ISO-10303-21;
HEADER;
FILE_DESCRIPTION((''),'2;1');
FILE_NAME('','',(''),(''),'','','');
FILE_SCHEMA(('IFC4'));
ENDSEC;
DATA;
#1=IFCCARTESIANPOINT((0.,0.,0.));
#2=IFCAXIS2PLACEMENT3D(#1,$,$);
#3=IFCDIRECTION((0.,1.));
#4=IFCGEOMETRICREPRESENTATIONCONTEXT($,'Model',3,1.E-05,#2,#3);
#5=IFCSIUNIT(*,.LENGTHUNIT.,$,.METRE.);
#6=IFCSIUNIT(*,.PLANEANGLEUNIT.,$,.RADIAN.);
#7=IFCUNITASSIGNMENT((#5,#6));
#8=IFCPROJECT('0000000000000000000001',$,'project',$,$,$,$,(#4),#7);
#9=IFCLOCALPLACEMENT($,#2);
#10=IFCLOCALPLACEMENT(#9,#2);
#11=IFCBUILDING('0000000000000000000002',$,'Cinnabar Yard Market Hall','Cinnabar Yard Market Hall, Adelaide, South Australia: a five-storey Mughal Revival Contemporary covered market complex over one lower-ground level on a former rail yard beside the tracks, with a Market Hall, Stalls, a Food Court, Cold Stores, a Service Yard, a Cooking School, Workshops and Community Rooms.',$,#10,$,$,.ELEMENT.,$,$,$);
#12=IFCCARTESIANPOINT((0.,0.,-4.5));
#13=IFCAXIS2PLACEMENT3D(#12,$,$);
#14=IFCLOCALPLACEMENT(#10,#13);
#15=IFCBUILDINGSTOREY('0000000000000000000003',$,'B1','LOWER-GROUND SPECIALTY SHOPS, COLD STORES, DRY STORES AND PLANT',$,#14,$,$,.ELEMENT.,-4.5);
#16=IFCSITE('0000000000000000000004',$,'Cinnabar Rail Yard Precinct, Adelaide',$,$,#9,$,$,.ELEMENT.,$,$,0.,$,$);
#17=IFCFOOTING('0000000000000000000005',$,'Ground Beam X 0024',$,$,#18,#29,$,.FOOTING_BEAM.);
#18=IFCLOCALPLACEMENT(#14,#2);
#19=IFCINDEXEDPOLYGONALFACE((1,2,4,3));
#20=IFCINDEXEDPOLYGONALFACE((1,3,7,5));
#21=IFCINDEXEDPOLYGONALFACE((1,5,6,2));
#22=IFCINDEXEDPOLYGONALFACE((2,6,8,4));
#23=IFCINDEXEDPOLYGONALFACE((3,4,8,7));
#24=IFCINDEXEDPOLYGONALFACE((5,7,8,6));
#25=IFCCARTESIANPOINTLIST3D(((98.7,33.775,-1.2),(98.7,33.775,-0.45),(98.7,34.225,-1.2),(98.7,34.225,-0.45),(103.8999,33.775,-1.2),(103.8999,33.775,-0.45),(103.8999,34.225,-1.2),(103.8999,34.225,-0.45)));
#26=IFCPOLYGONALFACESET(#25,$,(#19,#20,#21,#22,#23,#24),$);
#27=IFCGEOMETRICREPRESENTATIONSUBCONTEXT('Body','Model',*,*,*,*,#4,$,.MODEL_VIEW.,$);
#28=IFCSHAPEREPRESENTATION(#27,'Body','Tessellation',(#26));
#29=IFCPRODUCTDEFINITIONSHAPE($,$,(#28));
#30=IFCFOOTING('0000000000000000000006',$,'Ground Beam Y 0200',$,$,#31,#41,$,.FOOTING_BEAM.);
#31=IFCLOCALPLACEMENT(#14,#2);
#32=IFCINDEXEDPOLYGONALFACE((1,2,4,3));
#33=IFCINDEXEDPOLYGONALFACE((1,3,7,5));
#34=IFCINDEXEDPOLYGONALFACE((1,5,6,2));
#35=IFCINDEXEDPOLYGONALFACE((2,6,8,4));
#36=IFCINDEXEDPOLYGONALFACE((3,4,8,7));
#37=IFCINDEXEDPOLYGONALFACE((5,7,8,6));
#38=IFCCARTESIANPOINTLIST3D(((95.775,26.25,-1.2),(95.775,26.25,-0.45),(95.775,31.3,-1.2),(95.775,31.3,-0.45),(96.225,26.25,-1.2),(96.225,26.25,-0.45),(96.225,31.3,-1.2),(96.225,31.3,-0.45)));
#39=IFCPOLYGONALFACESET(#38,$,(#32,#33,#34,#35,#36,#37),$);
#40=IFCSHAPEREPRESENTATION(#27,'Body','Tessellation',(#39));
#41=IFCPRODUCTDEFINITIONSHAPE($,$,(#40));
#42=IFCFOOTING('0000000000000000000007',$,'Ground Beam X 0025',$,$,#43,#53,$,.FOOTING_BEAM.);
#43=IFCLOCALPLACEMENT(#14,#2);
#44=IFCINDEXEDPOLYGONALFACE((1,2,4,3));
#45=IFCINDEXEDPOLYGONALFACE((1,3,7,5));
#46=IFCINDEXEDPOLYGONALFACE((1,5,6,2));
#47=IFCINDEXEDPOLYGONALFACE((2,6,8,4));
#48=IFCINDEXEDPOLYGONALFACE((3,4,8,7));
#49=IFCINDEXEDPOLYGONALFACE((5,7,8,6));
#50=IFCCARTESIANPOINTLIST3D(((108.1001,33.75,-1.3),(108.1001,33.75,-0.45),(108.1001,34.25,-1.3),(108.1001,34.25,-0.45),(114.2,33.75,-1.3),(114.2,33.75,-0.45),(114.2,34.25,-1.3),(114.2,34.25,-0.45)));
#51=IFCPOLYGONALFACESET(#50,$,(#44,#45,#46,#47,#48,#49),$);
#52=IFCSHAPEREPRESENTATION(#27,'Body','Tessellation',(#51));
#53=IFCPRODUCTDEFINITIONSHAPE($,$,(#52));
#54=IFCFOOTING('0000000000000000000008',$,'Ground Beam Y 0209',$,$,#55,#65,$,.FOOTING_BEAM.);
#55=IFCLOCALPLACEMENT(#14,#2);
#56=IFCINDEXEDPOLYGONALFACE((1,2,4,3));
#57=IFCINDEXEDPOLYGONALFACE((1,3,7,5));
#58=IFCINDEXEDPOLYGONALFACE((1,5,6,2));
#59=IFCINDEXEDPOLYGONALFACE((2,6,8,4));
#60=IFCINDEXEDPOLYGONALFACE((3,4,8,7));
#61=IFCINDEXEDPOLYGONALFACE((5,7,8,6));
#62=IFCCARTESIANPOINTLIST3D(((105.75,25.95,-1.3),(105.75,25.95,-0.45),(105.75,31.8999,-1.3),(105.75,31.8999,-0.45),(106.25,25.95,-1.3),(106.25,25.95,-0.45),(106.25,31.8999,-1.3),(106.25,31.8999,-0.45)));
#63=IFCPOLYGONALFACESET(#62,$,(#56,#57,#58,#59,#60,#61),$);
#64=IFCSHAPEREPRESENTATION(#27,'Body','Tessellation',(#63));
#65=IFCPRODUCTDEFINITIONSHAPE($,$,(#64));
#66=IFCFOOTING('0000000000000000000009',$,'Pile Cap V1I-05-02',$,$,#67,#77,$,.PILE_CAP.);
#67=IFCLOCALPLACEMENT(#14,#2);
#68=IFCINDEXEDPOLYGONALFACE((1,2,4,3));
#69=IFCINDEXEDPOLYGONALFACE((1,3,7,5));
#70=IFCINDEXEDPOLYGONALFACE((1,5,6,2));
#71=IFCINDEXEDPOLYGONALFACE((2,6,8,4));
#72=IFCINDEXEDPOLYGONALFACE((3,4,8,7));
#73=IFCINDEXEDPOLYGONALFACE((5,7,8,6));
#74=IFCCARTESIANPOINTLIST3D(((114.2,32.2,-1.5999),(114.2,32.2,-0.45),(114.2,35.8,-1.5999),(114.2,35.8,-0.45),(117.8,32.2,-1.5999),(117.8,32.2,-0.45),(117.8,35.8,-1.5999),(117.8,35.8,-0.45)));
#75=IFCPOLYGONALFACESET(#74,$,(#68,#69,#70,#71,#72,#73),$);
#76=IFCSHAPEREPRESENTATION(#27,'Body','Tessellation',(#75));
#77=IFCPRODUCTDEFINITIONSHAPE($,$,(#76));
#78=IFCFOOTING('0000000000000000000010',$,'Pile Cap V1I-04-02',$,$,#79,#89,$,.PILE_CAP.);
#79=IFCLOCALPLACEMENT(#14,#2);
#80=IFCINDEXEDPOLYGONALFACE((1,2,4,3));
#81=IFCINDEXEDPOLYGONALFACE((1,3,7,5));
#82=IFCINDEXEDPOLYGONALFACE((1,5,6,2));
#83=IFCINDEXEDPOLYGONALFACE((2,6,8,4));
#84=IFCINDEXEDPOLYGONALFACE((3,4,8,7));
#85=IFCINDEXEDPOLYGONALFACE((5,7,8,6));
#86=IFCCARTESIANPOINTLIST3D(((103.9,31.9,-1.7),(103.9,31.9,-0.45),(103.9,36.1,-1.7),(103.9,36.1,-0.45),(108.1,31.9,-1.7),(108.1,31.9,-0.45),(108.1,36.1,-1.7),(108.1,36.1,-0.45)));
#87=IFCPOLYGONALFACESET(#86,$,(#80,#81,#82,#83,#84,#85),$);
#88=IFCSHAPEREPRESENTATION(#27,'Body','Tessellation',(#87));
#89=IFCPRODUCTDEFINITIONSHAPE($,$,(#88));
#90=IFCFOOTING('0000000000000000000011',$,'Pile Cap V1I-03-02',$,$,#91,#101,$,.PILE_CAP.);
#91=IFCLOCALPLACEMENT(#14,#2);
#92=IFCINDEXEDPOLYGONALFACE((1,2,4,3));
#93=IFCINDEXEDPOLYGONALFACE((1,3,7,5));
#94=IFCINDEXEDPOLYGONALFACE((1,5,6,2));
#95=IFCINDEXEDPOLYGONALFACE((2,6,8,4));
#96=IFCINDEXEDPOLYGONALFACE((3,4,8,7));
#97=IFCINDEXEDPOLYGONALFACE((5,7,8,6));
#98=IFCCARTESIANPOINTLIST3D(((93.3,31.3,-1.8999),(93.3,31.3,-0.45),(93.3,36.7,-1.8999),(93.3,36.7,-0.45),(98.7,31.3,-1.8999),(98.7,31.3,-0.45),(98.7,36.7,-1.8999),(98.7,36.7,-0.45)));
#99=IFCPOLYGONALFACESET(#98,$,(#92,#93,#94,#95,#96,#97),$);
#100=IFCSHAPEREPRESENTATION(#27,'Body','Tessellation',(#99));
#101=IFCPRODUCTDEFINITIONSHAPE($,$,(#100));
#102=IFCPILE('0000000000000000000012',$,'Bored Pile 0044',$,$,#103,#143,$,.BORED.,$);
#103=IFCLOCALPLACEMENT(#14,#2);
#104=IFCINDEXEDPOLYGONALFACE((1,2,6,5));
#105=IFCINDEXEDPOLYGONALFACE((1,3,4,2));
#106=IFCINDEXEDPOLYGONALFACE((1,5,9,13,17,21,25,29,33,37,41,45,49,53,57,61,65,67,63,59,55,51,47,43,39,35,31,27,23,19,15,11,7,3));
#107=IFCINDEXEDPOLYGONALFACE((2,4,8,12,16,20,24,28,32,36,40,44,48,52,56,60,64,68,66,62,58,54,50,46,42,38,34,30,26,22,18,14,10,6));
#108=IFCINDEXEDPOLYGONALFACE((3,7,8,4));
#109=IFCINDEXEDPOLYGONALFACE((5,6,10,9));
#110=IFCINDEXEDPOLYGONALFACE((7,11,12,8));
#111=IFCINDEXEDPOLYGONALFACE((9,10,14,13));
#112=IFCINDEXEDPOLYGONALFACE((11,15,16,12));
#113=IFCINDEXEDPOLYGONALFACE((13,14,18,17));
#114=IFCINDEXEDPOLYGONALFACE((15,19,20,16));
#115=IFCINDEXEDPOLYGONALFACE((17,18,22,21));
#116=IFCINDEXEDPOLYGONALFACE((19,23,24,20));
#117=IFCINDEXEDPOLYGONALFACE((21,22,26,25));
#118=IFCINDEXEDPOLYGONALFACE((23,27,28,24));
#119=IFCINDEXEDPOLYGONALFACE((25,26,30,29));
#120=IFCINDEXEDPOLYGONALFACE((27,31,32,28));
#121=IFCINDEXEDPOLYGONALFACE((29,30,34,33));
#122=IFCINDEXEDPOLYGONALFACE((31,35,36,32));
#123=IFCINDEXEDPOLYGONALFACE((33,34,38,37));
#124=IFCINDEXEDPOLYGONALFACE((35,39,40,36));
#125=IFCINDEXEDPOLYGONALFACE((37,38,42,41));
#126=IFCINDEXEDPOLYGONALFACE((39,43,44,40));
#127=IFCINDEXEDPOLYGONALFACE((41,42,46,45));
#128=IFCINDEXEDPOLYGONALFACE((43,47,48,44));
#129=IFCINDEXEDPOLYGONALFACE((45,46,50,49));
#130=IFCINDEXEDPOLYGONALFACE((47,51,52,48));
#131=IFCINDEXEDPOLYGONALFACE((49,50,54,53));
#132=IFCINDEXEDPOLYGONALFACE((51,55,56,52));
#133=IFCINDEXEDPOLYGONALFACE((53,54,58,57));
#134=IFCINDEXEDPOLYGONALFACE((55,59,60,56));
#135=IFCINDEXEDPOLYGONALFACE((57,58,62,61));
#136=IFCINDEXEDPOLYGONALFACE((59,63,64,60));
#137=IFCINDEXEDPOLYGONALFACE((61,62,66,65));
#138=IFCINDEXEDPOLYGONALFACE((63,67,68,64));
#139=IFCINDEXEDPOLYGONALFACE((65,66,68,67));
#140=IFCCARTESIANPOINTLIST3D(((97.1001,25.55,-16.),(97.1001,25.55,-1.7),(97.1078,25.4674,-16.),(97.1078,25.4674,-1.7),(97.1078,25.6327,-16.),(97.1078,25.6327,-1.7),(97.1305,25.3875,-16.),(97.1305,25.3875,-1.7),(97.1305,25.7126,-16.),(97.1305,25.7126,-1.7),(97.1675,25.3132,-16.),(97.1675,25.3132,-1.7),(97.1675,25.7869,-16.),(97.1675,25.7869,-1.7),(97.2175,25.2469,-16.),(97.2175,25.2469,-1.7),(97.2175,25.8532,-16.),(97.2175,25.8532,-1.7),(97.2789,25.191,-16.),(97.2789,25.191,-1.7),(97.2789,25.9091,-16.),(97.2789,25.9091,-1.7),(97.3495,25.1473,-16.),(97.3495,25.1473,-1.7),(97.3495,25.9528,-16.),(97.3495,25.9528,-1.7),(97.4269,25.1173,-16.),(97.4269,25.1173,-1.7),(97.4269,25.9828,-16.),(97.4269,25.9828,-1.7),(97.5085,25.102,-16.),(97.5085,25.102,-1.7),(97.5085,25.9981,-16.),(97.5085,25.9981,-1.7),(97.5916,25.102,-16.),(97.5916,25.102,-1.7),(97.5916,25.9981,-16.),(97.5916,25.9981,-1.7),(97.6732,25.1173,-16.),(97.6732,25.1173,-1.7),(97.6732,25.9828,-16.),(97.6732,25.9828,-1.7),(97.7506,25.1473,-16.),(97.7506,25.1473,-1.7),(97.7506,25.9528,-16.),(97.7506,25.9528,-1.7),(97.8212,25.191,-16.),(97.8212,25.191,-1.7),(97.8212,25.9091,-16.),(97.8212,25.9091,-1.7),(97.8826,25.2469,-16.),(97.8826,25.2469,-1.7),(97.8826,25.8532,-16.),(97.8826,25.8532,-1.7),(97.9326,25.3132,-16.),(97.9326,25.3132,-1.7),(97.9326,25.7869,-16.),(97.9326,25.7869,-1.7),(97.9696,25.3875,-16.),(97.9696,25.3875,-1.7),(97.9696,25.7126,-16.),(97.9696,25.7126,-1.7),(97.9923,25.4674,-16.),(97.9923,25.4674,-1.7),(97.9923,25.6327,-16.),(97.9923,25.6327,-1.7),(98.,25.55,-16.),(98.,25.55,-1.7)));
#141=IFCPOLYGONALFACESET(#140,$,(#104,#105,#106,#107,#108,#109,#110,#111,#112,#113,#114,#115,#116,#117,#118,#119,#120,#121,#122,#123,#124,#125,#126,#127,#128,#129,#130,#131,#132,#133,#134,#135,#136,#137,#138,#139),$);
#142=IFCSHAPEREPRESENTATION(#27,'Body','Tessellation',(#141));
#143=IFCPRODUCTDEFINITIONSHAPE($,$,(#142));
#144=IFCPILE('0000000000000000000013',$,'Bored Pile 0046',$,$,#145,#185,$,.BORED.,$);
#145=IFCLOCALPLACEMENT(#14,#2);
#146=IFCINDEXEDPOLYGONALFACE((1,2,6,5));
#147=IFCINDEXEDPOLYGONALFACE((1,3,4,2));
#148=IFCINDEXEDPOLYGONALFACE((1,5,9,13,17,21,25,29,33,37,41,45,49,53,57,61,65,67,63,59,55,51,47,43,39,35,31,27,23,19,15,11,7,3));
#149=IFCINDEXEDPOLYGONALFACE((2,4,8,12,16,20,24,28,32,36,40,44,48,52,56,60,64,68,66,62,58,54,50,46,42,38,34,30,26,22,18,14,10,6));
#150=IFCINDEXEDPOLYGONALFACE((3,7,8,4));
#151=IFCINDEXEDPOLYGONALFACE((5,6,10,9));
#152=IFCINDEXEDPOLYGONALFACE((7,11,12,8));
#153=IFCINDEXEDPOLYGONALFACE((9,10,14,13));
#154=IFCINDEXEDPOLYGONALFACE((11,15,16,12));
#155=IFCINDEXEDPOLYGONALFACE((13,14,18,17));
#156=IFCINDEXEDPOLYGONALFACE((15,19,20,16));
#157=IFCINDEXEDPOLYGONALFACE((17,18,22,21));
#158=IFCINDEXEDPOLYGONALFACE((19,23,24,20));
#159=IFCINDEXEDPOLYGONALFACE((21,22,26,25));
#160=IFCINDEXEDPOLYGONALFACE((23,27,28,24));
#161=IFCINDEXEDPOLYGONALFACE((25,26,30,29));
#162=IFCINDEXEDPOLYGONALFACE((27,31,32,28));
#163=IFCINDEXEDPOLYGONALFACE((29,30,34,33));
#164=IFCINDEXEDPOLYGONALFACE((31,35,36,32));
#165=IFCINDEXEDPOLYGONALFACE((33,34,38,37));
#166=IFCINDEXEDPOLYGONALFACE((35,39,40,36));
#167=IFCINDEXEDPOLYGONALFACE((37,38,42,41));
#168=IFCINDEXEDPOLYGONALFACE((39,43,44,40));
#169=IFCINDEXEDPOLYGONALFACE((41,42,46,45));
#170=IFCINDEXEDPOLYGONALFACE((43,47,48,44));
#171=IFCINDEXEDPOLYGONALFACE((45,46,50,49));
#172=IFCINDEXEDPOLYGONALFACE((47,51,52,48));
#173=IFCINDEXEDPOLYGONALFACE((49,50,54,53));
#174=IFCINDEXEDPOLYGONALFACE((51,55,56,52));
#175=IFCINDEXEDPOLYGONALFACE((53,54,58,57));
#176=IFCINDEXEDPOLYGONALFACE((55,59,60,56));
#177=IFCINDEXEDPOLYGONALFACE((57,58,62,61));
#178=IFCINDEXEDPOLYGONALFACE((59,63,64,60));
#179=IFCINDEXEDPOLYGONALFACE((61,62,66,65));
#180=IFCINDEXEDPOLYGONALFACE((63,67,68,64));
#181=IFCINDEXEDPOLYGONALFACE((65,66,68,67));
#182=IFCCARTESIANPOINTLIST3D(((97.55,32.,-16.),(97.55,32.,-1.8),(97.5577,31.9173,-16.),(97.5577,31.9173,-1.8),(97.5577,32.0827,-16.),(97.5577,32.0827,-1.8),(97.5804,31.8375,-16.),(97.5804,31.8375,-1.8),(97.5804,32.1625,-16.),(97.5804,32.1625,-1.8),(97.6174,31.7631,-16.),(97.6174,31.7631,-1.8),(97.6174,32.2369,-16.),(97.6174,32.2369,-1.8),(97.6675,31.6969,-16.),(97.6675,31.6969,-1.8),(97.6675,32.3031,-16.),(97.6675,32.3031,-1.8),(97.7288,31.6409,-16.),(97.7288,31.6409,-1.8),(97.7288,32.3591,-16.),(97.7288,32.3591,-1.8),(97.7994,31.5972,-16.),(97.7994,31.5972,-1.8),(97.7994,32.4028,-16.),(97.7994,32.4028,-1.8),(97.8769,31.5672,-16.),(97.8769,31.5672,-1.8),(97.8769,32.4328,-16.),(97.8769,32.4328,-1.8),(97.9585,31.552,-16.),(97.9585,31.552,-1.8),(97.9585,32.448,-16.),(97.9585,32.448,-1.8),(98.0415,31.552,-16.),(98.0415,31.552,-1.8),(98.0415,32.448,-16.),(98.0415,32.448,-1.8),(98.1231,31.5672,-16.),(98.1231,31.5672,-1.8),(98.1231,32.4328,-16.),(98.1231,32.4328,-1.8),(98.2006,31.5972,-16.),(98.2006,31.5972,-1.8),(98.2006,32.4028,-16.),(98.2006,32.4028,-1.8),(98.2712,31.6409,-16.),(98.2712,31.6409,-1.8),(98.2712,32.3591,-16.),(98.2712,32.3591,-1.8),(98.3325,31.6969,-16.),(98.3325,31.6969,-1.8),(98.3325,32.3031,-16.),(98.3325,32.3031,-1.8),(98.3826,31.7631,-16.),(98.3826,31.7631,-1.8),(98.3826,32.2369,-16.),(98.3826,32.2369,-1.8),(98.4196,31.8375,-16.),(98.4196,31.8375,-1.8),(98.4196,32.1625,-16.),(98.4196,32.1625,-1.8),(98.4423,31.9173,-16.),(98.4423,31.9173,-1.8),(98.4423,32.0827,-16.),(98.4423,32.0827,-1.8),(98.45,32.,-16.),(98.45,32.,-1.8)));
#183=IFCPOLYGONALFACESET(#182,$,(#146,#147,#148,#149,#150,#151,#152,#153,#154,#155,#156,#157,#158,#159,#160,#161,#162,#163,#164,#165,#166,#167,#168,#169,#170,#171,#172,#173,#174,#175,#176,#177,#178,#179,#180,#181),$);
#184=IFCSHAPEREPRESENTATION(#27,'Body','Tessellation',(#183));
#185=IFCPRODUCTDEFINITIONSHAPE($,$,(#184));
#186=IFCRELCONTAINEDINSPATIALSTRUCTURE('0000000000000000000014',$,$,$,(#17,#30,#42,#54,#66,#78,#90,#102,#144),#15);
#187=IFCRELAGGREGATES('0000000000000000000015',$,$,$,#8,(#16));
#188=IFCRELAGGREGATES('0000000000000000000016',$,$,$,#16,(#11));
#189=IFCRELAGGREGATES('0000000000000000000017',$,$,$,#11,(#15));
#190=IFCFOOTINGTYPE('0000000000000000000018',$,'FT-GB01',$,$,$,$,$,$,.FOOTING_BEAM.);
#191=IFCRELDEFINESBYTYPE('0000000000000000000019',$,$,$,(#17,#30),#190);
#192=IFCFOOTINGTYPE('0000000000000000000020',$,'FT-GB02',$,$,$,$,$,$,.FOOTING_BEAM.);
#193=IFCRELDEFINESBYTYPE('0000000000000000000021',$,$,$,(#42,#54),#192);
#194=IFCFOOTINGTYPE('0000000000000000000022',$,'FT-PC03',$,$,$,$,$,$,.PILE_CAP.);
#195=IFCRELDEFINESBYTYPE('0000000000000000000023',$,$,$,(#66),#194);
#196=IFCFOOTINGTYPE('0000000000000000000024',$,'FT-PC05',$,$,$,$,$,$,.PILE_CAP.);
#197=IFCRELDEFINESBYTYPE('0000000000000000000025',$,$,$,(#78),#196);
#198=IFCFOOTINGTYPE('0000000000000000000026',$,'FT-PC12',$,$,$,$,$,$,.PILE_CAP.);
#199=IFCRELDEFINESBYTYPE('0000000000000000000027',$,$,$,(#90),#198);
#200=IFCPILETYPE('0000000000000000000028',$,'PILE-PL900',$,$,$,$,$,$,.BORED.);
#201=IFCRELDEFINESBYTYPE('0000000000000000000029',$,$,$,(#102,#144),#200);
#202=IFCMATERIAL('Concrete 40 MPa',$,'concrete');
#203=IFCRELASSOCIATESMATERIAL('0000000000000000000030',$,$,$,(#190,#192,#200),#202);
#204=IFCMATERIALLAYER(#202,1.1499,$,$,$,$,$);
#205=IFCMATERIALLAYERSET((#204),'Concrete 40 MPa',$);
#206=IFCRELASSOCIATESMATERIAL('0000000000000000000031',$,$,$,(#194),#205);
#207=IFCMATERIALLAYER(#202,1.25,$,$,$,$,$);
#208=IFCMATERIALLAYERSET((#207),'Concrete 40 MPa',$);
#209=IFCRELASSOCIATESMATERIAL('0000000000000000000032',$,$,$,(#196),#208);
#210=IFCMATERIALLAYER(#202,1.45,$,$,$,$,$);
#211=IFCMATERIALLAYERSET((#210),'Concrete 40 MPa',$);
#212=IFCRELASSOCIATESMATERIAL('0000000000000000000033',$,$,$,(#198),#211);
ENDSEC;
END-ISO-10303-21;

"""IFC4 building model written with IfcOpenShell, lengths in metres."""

from ifc_helpers import new_model, si_unit, direction, frame, origin, origin_2d_with_axis, place, context, subcontext, project, spatial, rectangle, circle, extrude, material, layer, layer_set, material_profile, profile_set, type_object, element, save


model = new_model("IFC4")

# Units and contexts
model_context = context("Model", 3, precision=1e-05, world=origin(), true_north=direction((0.0, 1.0)))
body_context = subcontext(model_context, "Body", "Model", "MODEL_VIEW")
ifc_project = project(units=[si_unit("LENGTHUNIT", "METRE"), si_unit("PLANEANGLEUNIT", "RADIAN")], contexts=[model_context])

# Site, building, storey
site_placement = place(None, origin())
site = spatial("IfcSite", under=ifc_project, at=site_placement, Name="Cinnabar Rail Yard Precinct, Adelaide", CompositionType="ELEMENT", RefElevation=0.0)
building_placement = place(site_placement, origin())
building = spatial("IfcBuilding", under=site, at=building_placement, Name="Cinnabar Yard Market Hall", Description="Cinnabar Yard Market Hall, Adelaide, South Australia: a five-storey Mughal Revival Contemporary covered market complex over one lower-ground level on a former rail yard beside the tracks, with a Market Hall, Stalls, a Food Court, Cold Stores, a Service Yard, a Cooking School, Workshops and Community Rooms.", CompositionType="ELEMENT")
storey_placement = place(building_placement, frame((0.0, 0.0, -4.5)))
storey = spatial("IfcBuildingStorey", under=building, at=storey_placement, Name="B1", Description="LOWER-GROUND SPECIALTY SHOPS, COLD STORES, DRY STORES AND PLANT", CompositionType="ELEMENT", Elevation=-4.5)

# Footings
ifc_material_1 = material(Name="Concrete 40 MPa", Category="concrete")
ifc_material_profile_1 = material_profile(ifc_material_1, rectangle(XDim=0.45, YDim=0.75, at=origin_2d_with_axis()), Name="GB-450x750")
ifc_profile_set_1 = profile_set([ifc_material_profile_1], Name="Concrete 40 MPa")
footing_type_1 = type_object("IfcFootingType", Name="FT-GB01", PredefinedType="FOOTING_BEAM", material=ifc_profile_set_1)
footing_1_placement = place(storey_placement, frame((98.7, 34.0, -0.825), z_axis=(1.0, 0.0, 0.0), x_axis=(0.0, 1.0, 0.0)))
element("IfcFooting", 1, at=footing_1_placement, inside=storey, type_object=footing_type_1, Name="Ground Beam X 0024", PredefinedType="FOOTING_BEAM", context=body_context, shape_type="SweptSolid", body=[
    extrude(rectangle(XDim=0.45, YDim=0.75, at=origin_2d_with_axis()), origin(), (0.0, 0.0, 1.0), 5.2),
])
footing_2_placement = place(storey_placement, frame((96.0, 26.25, -0.825), z_axis=(0.0, 1.0, 0.0), x_axis=(-1.0, 0.0, 0.0)))
element("IfcFooting", 2, at=footing_2_placement, inside=storey, type_object=footing_type_1, Name="Ground Beam Y 0200", PredefinedType="FOOTING_BEAM", context=body_context, shape_type="SweptSolid", body=[
    extrude(rectangle(XDim=0.45, YDim=0.75, at=origin_2d_with_axis()), origin(), (0.0, 0.0, 1.0), 5.05),
])
ifc_material_profile_2 = material_profile(ifc_material_1, rectangle(XDim=0.5, YDim=0.8501, at=origin_2d_with_axis()), Name="GB-500x850")
ifc_profile_set_2 = profile_set([ifc_material_profile_2], Name="Concrete 40 MPa")
footing_type_2 = type_object("IfcFootingType", Name="FT-GB02", PredefinedType="FOOTING_BEAM", material=ifc_profile_set_2)
footing_3_placement = place(storey_placement, frame((108.1001, 34.0, -0.875), z_axis=(1.0, 0.0, 0.0), x_axis=(0.0, 1.0, 0.0)))
element("IfcFooting", 3, at=footing_3_placement, inside=storey, type_object=footing_type_2, Name="Ground Beam X 0025", PredefinedType="FOOTING_BEAM", context=body_context, shape_type="SweptSolid", body=[
    extrude(rectangle(XDim=0.5, YDim=0.8501, at=origin_2d_with_axis()), origin(), (0.0, 0.0, 1.0), 6.0999),
])
footing_4_placement = place(storey_placement, frame((106.0, 25.95, -0.875), z_axis=(0.0, 1.0, 0.0), x_axis=(-1.0, 0.0, 0.0)))
element("IfcFooting", 4, at=footing_4_placement, inside=storey, type_object=footing_type_2, Name="Ground Beam Y 0209", PredefinedType="FOOTING_BEAM", context=body_context, shape_type="SweptSolid", body=[
    extrude(rectangle(XDim=0.5, YDim=0.8501, at=origin_2d_with_axis()), origin(), (0.0, 0.0, 1.0), 5.95),
])
ifc_layer_1 = layer(ifc_material_1, 1.1499)
ifc_layer_set_1 = layer_set([ifc_layer_1], Name="Concrete 40 MPa")
footing_type_3 = type_object("IfcFootingType", Name="FT-PC03", PredefinedType="PILE_CAP", material=ifc_layer_set_1)
footing_5_placement = place(storey_placement, frame((116.0, 34.0, -1.5999), z_axis=(0.0, 0.0, 1.0), x_axis=(1.0, 0.0, 0.0)))
element("IfcFooting", 5, at=footing_5_placement, inside=storey, type_object=footing_type_3, Name="Pile Cap V1I-05-02", PredefinedType="PILE_CAP", context=body_context, shape_type="SweptSolid", body=[
    extrude(rectangle(XDim=3.6001, YDim=3.6001, at=origin_2d_with_axis()), origin(), (0.0, 0.0, 1.0), 1.1499),
])
ifc_layer_2 = layer(ifc_material_1, 1.25)
ifc_layer_set_2 = layer_set([ifc_layer_2], Name="Concrete 40 MPa")
footing_type_4 = type_object("IfcFootingType", Name="FT-PC05", PredefinedType="PILE_CAP", material=ifc_layer_set_2)
footing_6_placement = place(storey_placement, frame((106.0, 34.0, -1.7), z_axis=(0.0, 0.0, 1.0), x_axis=(1.0, 0.0, 0.0)))
element("IfcFooting", 6, at=footing_6_placement, inside=storey, type_object=footing_type_4, Name="Pile Cap V1I-04-02", PredefinedType="PILE_CAP", context=body_context, shape_type="SweptSolid", body=[
    extrude(rectangle(XDim=4.2, YDim=4.2, at=origin_2d_with_axis()), origin(), (0.0, 0.0, 1.0), 1.25),
])
ifc_layer_3 = layer(ifc_material_1, 1.45)
ifc_layer_set_3 = layer_set([ifc_layer_3], Name="Concrete 40 MPa")
footing_type_5 = type_object("IfcFootingType", Name="FT-PC12", PredefinedType="PILE_CAP", material=ifc_layer_set_3)
footing_7_placement = place(storey_placement, frame((96.0, 34.0, -1.8999), z_axis=(0.0, 0.0, 1.0), x_axis=(1.0, 0.0, 0.0)))
element("IfcFooting", 7, at=footing_7_placement, inside=storey, type_object=footing_type_5, Name="Pile Cap V1I-03-02", PredefinedType="PILE_CAP", context=body_context, shape_type="SweptSolid", body=[
    extrude(rectangle(XDim=5.3999, YDim=5.3999, at=origin_2d_with_axis()), origin(), (0.0, 0.0, 1.0), 1.45),
])

# Piles
ifc_material_profile_3 = material_profile(ifc_material_1, circle(Radius=0.45, at=origin_2d_with_axis()), Name="PILE-D900")
ifc_profile_set_3 = profile_set([ifc_material_profile_3], Name="Concrete 40 MPa")
pile_type = type_object("IfcPileType", Name="PILE-PL900", PredefinedType="BORED", material=ifc_profile_set_3)
pile_1_placement = place(storey_placement, frame((97.55, 25.55, -1.7), z_axis=(0.0, 0.0, -1.0), x_axis=(1.0, 0.0, 0.0)))
element("IfcPile", 8, at=pile_1_placement, inside=storey, type_object=pile_type, Name="Bored Pile 0044", PredefinedType="BORED", context=body_context, shape_type="SweptSolid", body=[
    extrude(circle(Radius=0.45, at=origin_2d_with_axis()), origin(), (0.0, 0.0, 1.0), 14.3),
])
pile_2_placement = place(storey_placement, frame((98.0, 32.0, -1.8), z_axis=(0.0, 0.0, -1.0), x_axis=(1.0, 0.0, 0.0)))
element("IfcPile", 9, at=pile_2_placement, inside=storey, type_object=pile_type, Name="Bored Pile 0046", PredefinedType="BORED", context=body_context, shape_type="SweptSolid", body=[
    extrude(circle(Radius=0.45, at=origin_2d_with_axis()), origin(), (0.0, 0.0, 1.0), 14.2),
])

save(model, "model.ifc")
